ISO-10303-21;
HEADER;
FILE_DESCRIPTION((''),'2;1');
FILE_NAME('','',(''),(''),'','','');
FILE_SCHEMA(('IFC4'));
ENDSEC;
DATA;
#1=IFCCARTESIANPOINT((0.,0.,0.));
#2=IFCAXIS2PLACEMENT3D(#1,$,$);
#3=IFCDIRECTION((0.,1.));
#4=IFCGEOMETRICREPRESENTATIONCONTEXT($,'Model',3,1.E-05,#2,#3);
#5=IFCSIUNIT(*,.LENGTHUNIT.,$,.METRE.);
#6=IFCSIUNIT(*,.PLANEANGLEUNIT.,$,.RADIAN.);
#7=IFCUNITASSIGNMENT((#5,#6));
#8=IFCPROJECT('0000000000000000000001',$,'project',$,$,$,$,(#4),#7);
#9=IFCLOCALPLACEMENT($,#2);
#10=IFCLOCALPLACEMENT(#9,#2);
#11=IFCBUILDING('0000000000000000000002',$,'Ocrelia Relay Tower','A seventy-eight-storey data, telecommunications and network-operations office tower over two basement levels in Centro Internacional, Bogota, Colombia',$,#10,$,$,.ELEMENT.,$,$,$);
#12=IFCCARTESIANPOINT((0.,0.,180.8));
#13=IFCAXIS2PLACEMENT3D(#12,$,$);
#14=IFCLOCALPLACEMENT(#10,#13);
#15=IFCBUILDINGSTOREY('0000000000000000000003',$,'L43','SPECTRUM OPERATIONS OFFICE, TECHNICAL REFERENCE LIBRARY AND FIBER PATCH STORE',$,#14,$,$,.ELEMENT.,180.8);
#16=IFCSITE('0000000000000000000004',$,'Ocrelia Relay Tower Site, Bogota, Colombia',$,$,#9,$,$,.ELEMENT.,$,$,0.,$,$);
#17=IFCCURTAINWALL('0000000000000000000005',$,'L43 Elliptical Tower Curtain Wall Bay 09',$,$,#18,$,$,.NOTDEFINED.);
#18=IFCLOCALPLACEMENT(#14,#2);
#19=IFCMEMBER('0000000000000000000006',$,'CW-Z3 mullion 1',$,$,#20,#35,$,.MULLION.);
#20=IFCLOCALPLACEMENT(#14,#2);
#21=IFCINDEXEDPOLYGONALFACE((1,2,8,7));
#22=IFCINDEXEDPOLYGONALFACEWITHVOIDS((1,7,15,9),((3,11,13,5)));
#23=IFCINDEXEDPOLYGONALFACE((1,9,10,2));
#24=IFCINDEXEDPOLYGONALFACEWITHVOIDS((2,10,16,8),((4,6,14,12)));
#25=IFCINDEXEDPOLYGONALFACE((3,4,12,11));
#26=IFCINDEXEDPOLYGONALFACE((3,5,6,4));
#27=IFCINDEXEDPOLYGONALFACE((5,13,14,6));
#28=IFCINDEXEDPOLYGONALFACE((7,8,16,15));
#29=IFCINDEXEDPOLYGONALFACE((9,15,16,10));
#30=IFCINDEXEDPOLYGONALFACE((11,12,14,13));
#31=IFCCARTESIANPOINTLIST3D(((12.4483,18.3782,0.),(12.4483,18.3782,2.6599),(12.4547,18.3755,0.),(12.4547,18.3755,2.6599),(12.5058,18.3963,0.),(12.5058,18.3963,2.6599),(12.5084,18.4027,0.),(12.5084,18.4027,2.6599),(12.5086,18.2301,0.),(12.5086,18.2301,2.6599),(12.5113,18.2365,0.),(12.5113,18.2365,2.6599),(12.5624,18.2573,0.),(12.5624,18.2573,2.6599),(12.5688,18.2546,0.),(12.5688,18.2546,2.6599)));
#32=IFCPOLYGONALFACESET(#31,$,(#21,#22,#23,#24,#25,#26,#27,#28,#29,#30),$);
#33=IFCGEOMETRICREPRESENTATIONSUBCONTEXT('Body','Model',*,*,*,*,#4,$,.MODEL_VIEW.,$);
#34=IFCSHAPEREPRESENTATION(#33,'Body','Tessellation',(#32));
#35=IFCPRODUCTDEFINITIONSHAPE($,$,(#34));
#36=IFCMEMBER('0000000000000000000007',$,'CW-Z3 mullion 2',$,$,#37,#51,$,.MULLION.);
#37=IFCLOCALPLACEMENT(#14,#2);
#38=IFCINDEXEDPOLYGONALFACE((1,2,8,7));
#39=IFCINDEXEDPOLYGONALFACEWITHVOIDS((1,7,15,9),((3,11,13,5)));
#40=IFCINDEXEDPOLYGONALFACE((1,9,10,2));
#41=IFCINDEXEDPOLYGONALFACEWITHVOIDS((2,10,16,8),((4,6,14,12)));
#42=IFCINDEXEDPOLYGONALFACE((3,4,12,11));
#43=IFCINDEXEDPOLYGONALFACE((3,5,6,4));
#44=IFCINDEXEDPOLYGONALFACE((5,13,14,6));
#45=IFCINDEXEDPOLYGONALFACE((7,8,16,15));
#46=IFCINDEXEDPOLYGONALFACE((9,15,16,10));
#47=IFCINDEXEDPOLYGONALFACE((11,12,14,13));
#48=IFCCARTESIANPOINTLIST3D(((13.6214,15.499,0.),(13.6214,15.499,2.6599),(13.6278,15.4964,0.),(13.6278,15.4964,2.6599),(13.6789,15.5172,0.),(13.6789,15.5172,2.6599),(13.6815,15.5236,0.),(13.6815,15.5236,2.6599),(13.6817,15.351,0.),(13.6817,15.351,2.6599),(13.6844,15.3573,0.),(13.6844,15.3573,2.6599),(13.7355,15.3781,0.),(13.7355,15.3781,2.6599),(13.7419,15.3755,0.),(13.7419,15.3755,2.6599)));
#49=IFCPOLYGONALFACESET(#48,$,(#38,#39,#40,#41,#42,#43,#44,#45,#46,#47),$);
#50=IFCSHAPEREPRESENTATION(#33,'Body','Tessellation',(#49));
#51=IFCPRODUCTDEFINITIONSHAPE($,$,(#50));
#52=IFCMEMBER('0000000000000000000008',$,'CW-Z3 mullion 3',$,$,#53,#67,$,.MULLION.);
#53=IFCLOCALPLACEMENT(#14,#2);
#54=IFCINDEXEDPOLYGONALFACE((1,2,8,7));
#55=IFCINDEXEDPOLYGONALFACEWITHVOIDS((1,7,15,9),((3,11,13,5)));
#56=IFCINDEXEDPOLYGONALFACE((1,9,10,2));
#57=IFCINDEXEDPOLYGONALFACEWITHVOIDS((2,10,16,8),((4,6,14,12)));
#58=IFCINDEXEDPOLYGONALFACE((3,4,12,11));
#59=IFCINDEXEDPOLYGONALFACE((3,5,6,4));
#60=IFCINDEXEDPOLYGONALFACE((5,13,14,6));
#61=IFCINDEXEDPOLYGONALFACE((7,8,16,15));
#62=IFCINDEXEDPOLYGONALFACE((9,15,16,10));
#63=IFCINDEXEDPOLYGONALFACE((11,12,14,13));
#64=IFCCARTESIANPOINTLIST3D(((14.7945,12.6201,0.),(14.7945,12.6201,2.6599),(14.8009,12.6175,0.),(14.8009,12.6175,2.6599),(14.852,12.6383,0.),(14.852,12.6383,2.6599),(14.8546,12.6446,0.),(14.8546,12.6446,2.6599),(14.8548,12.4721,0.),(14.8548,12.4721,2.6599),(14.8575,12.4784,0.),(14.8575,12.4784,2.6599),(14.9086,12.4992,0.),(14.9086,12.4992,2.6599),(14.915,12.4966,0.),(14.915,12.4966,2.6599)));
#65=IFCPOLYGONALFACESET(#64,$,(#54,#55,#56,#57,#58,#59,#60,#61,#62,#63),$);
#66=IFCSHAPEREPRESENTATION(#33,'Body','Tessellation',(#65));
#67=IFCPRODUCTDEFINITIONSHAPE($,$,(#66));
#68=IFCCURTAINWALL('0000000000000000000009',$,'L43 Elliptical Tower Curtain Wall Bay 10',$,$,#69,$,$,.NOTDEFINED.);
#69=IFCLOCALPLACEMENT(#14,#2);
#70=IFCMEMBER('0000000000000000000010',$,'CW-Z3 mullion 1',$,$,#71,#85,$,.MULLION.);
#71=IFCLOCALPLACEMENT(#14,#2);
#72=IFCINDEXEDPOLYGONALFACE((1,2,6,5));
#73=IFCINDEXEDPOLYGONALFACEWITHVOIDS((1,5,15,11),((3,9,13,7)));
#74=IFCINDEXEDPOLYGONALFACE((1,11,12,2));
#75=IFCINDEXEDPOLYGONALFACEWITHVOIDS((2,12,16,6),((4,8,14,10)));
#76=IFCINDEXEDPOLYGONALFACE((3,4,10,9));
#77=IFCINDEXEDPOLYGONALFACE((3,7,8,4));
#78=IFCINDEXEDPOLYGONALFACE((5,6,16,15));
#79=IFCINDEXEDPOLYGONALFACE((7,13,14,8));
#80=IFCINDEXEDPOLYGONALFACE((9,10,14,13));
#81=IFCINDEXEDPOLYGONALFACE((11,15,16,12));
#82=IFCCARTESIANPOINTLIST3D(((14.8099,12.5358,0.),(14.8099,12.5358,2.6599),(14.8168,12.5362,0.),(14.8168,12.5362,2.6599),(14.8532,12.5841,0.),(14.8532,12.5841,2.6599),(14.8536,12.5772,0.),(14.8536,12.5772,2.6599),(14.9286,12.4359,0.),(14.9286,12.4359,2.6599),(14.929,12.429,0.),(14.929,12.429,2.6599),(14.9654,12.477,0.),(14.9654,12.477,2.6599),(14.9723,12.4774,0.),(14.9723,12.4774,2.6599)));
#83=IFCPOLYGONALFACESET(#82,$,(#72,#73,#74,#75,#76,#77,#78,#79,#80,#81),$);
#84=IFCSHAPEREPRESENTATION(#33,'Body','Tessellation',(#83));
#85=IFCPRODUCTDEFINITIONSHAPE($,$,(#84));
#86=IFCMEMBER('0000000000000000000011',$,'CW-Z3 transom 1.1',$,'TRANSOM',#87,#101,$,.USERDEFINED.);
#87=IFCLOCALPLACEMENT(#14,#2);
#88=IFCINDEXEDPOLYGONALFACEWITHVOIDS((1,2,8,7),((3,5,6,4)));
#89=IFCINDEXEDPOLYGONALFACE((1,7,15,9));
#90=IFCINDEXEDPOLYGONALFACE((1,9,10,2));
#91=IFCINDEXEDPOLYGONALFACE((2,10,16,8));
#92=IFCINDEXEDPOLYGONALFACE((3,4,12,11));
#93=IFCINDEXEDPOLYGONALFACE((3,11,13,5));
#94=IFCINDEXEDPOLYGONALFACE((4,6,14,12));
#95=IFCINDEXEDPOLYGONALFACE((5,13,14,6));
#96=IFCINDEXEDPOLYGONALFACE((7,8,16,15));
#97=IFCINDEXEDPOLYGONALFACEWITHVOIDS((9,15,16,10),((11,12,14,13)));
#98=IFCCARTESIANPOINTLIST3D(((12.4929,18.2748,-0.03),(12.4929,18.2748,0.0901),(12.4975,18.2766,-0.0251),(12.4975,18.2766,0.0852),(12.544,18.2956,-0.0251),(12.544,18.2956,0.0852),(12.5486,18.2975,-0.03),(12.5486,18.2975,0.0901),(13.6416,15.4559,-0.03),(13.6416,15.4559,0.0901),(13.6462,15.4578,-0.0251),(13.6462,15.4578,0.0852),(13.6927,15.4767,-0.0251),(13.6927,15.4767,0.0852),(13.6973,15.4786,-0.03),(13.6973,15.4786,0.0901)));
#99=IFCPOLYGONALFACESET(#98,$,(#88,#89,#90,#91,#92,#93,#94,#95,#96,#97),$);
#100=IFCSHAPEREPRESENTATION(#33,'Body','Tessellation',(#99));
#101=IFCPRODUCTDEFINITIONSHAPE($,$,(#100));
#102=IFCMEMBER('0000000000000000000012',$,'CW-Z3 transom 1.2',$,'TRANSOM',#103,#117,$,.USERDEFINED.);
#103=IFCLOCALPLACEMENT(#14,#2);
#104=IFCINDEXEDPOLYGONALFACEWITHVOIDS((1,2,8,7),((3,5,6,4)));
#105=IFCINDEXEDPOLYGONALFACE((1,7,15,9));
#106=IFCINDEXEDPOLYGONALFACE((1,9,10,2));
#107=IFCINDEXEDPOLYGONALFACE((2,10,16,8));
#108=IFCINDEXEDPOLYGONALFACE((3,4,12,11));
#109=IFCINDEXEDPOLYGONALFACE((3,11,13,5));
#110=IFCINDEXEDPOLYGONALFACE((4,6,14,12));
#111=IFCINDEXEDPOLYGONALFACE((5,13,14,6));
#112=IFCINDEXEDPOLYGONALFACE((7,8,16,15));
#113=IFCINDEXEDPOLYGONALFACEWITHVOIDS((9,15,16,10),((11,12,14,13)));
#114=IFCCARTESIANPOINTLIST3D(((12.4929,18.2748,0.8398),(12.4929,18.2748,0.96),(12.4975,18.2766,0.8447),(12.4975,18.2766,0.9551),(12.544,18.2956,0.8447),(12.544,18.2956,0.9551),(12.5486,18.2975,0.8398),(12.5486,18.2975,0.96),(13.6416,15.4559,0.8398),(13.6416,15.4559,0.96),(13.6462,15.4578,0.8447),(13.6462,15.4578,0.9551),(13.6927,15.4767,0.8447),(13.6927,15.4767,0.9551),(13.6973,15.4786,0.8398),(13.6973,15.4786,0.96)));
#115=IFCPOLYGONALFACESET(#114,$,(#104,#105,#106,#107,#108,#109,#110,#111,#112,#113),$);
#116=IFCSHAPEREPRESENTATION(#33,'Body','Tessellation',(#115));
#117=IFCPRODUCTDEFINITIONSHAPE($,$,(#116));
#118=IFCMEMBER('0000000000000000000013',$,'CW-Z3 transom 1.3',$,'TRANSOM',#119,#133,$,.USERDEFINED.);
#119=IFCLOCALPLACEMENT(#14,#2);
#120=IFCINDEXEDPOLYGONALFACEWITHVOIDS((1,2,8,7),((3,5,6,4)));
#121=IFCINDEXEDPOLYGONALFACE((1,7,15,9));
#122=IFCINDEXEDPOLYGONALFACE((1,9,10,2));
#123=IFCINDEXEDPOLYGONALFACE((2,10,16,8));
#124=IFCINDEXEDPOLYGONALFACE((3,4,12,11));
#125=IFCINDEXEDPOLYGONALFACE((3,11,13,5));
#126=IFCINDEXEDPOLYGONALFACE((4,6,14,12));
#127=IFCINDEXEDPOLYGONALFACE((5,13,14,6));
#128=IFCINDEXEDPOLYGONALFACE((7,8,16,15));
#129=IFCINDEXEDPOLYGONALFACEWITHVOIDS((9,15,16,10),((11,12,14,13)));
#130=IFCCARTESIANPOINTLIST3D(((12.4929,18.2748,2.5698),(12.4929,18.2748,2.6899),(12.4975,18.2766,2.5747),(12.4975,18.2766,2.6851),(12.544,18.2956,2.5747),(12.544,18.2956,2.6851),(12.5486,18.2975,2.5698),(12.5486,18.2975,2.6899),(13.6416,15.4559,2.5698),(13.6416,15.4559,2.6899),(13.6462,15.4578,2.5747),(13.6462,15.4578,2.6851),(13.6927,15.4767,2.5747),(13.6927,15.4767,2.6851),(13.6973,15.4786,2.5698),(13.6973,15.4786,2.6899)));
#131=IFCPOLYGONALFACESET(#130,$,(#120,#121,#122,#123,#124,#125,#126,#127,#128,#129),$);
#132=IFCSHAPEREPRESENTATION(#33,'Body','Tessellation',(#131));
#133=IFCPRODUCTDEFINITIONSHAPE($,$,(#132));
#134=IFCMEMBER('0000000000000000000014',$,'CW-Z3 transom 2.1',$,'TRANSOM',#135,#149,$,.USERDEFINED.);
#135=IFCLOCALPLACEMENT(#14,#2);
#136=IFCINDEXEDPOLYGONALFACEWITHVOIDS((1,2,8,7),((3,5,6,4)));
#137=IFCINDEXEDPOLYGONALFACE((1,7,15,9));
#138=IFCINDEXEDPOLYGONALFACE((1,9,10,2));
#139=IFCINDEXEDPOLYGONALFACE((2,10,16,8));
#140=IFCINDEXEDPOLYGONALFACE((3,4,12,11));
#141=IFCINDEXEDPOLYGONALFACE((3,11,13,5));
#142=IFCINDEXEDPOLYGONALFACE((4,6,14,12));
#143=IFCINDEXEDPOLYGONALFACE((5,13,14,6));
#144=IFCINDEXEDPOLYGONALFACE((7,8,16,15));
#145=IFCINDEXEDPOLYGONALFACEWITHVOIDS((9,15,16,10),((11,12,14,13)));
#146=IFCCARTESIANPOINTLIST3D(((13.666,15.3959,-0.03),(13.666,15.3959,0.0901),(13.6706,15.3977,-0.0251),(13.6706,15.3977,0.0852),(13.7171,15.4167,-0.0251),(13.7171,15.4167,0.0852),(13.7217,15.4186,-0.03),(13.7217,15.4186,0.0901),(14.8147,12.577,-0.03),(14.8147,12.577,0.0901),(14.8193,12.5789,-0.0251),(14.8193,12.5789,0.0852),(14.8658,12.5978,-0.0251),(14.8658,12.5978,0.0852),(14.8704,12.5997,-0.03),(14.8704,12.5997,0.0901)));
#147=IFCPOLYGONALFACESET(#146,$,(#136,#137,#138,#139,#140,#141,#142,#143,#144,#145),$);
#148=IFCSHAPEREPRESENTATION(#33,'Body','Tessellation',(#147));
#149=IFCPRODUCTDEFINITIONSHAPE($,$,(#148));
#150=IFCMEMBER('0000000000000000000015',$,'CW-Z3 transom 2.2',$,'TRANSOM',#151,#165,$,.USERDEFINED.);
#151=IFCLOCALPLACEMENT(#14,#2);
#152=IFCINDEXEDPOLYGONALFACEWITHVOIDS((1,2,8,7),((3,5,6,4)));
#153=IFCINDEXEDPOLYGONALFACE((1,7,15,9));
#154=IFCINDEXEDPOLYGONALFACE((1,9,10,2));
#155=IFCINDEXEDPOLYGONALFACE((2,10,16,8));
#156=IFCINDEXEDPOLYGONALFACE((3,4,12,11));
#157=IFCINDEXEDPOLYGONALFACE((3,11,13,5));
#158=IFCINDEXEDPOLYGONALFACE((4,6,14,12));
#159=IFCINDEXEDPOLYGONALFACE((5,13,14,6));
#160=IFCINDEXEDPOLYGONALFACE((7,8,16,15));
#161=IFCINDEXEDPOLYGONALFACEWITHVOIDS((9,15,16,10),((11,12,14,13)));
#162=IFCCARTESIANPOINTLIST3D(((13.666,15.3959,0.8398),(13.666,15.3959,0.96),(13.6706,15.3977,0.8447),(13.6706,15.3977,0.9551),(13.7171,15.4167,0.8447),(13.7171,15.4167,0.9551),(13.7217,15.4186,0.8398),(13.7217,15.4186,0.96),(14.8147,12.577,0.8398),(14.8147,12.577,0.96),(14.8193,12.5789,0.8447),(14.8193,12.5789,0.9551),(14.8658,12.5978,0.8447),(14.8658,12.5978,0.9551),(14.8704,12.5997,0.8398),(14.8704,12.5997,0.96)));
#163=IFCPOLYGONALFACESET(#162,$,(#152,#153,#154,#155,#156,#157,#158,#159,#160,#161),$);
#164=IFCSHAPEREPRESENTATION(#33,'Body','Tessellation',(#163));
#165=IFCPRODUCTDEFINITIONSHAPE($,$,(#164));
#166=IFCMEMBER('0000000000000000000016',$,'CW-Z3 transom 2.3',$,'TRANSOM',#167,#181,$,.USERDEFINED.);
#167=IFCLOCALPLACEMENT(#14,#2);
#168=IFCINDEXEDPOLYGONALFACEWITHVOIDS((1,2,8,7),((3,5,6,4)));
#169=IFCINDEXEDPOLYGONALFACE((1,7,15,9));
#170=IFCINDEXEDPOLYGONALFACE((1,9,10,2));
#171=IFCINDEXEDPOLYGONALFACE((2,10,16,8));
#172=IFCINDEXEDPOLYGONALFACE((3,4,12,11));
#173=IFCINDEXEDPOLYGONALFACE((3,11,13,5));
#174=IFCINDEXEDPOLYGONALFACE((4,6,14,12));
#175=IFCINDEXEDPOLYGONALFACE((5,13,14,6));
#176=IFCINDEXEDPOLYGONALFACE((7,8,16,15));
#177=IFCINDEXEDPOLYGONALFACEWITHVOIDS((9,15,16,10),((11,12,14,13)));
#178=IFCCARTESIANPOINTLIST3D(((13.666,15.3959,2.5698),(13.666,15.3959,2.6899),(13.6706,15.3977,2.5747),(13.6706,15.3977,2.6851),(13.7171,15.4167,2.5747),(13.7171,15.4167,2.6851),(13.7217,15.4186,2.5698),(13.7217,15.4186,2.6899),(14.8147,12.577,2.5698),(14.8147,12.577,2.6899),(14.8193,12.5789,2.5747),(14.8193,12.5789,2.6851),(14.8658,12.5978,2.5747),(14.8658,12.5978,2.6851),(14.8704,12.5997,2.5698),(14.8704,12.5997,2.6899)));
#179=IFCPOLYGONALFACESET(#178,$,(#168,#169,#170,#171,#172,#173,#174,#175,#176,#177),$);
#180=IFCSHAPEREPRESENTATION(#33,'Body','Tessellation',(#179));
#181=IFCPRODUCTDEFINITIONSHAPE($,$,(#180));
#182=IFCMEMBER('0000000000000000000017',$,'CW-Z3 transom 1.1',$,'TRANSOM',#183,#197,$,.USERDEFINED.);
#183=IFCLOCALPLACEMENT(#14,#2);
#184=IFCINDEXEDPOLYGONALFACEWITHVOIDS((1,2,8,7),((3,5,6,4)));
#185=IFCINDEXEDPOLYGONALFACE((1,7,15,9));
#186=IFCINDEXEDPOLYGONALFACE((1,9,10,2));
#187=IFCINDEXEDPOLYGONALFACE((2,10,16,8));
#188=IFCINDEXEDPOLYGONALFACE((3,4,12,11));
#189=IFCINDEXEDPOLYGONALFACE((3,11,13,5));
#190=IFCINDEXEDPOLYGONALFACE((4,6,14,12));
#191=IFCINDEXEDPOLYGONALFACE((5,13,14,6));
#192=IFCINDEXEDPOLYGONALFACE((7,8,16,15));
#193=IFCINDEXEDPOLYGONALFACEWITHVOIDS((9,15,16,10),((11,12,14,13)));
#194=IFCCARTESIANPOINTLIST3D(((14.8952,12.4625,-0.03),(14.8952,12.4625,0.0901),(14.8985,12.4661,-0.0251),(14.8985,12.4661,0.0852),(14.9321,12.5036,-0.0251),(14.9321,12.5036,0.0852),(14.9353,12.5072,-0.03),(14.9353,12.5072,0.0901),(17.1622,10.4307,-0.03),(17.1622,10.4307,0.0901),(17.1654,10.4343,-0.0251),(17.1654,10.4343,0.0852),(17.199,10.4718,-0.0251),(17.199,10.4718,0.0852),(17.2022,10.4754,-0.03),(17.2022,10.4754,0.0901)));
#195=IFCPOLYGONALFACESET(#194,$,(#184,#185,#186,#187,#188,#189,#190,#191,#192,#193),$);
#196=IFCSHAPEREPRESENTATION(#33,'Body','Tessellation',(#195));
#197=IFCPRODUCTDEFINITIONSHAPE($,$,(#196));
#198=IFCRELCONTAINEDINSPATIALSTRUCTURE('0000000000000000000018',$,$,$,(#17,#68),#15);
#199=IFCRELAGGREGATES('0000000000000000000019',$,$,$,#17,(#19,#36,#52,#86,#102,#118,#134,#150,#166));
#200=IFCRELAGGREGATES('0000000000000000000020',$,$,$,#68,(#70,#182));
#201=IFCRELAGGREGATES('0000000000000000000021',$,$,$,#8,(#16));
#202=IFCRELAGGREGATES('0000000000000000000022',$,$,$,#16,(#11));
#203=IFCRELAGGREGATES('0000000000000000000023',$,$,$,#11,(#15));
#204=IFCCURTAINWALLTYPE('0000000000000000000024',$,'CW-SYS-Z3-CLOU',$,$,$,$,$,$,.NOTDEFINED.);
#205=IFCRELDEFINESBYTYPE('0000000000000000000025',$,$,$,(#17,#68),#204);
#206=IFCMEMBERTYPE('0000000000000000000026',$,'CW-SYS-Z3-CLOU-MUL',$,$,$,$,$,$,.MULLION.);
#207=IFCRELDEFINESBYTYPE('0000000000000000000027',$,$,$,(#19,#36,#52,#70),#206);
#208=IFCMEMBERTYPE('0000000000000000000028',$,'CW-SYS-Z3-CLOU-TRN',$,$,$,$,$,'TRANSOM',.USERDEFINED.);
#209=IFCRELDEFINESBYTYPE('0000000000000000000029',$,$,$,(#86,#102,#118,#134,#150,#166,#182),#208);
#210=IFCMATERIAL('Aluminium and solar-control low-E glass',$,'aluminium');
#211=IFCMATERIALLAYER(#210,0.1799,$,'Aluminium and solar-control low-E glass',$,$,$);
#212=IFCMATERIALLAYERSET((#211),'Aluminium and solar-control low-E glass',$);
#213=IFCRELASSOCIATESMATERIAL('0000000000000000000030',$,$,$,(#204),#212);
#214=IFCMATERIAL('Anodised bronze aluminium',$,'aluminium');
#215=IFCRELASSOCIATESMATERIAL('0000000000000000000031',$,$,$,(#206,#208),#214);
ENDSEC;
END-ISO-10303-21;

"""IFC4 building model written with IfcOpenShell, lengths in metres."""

from ifc_helpers import new_model, si_unit, direction, frame, origin, origin_2d, place, context, subcontext, project, spatial, hollow_rectangle, extrude, material, layer, layer_set, material_profile, profile_set, type_object, element, aggregate, save


model = new_model("IFC4")

# Units and contexts
model_context = context("Model", 3, precision=1e-05, world=origin(), true_north=direction((0.0, 1.0)))
body_context = subcontext(model_context, "Body", "Model", "MODEL_VIEW")
ifc_project = project(units=[si_unit("LENGTHUNIT", "METRE"), si_unit("PLANEANGLEUNIT", "RADIAN")], contexts=[model_context])

# Site, building, storey
site_placement = place(None, origin())
site = spatial("IfcSite", under=ifc_project, at=site_placement, Name="Ocrelia Relay Tower Site, Bogota, Colombia", CompositionType="ELEMENT", RefElevation=0.0)
building_placement = place(site_placement, origin())
building = spatial("IfcBuilding", under=site, at=building_placement, Name="Ocrelia Relay Tower", Description="A seventy-eight-storey data, telecommunications and network-operations office tower over two basement levels in Centro Internacional, Bogota, Colombia", CompositionType="ELEMENT")
storey_placement = place(building_placement, frame((0.0, 0.0, 180.8)))
storey = spatial("IfcBuildingStorey", under=building, at=storey_placement, Name="L43", Description="SPECTRUM OPERATIONS OFFICE, TECHNICAL REFERENCE LIBRARY AND FIBER PATCH STORE", CompositionType="ELEMENT", Elevation=180.8)

# Curtain wall, members
ifc_material_1 = material(Name="Aluminium and solar-control low-E glass", Category="aluminium")
ifc_layer_1 = layer(ifc_material_1, 0.1799, Name="Aluminium and solar-control low-E glass")
ifc_layer_set_1 = layer_set([ifc_layer_1], Name="Aluminium and solar-control low-E glass")
curtain_wall_type = type_object("IfcCurtainWallType", Name="CW-SYS-Z3-CLOU", PredefinedType="NOTDEFINED", material=ifc_layer_set_1)
curtain_wall_1_placement = place(storey_placement, origin())
curtain_wall_1 = element("IfcCurtainWall", 1, at=curtain_wall_1_placement, inside=storey, type_object=curtain_wall_type, Name="L43 Elliptical Tower Curtain Wall Bay 09", PredefinedType="NOTDEFINED")
ifc_material_2 = material(Name="Anodised bronze aluminium", Category="aluminium")
ifc_material_profile_1 = material_profile(ifc_material_2, hollow_rectangle(XDim=0.0649, YDim=0.1599, WallThickness=0.0049, at=origin_2d()), Name="CW-MUL-160x65")
ifc_profile_set_1 = profile_set([ifc_material_profile_1], Name="Anodised bronze aluminium")
member_type_1 = type_object("IfcMemberType", Name="CW-SYS-Z3-CLOU-MUL", PredefinedType="MULLION", material=ifc_profile_set_1)
member_1_placement = place(storey_placement, frame((12.5085, 18.3164, 0.0), z_axis=(0.0, 0.0, 1.0), x_axis=(0.926074, 0.377341, 0.0)))
member_1 = element("IfcMember", 2, at=member_1_placement, type_object=member_type_1, Name="CW-Z3 mullion 1", PredefinedType="MULLION", context=body_context, shape_type="SweptSolid", body=[
    extrude(hollow_rectangle(XDim=0.0649, YDim=0.1599, WallThickness=0.0049, at=origin_2d()), origin(), (0.0, 0.0, 1.0), 2.6599),
])
member_2_placement = place(storey_placement, frame((13.6816, 15.4373, 0.0), z_axis=(0.0, 0.0, 1.0), x_axis=(0.926074, 0.377341, 0.0)))
member_2 = element("IfcMember", 3, at=member_2_placement, type_object=member_type_1, Name="CW-Z3 mullion 2", PredefinedType="MULLION", context=body_context, shape_type="SweptSolid", body=[
    extrude(hollow_rectangle(XDim=0.0649, YDim=0.1599, WallThickness=0.0049, at=origin_2d()), origin(), (0.0, 0.0, 1.0), 2.6599),
])
member_3_placement = place(storey_placement, frame((14.8547, 12.5583, 0.0), z_axis=(0.0, 0.0, 1.0), x_axis=(0.926074, 0.377341, 0.0)))
member_3 = element("IfcMember", 4, at=member_3_placement, type_object=member_type_1, Name="CW-Z3 mullion 3", PredefinedType="MULLION", context=body_context, shape_type="SweptSolid", body=[
    extrude(hollow_rectangle(XDim=0.0649, YDim=0.1599, WallThickness=0.0049, at=origin_2d()), origin(), (0.0, 0.0, 1.0), 2.6599),
])

# Curtain wall, member
curtain_wall_2_placement = place(storey_placement, origin())
curtain_wall_2 = element("IfcCurtainWall", 5, at=curtain_wall_2_placement, inside=storey, type_object=curtain_wall_type, Name="L43 Elliptical Tower Curtain Wall Bay 10", PredefinedType="NOTDEFINED")
member_4_placement = place(storey_placement, frame((14.8911, 12.5066, 0.0), z_axis=(0.0, 0.0, 1.0), x_axis=(0.667438, 0.744666, 0.0)))
member_4 = element("IfcMember", 6, at=member_4_placement, type_object=member_type_1, Name="CW-Z3 mullion 1", PredefinedType="MULLION", context=body_context, shape_type="SweptSolid", body=[
    extrude(hollow_rectangle(XDim=0.0649, YDim=0.1599, WallThickness=0.0049, at=origin_2d()), origin(), (0.0, 0.0, 1.0), 2.6599),
])

# Members
ifc_material_profile_2 = material_profile(ifc_material_2, hollow_rectangle(XDim=0.0601, YDim=0.1201, WallThickness=0.0049, at=origin_2d()), Name="CW-TRN-120x60")
ifc_profile_set_2 = profile_set([ifc_material_profile_2], Name="Anodised bronze aluminium")
member_type_2 = type_object("IfcMemberType", Name="CW-SYS-Z3-CLOU-TRN", ElementType="TRANSOM", PredefinedType="USERDEFINED", material=ifc_profile_set_2)
member_5_placement = place(storey_placement, frame((12.5208, 18.2861, 0.03), z_axis=(0.377371, -0.926062, 0.0), x_axis=(0.926062, 0.377371, 0.0)))
member_5 = element("IfcMember", 7, at=member_5_placement, type_object=member_type_2, Name="CW-Z3 transom 1.1", ObjectType="TRANSOM", PredefinedType="USERDEFINED", context=body_context, shape_type="SweptSolid", body=[
    extrude(hollow_rectangle(XDim=0.0601, YDim=0.1201, WallThickness=0.0049, at=origin_2d()), origin(), (0.0, 0.0, 1.0), 3.0439),
])
member_6_placement = place(storey_placement, frame((12.5208, 18.2861, 0.8999), z_axis=(0.377371, -0.926062, 0.0), x_axis=(0.926062, 0.377371, 0.0)))
member_6 = element("IfcMember", 8, at=member_6_placement, type_object=member_type_2, Name="CW-Z3 transom 1.2", ObjectType="TRANSOM", PredefinedType="USERDEFINED", context=body_context, shape_type="SweptSolid", body=[
    extrude(hollow_rectangle(XDim=0.0601, YDim=0.1201, WallThickness=0.0049, at=origin_2d()), origin(), (0.0, 0.0, 1.0), 3.0439),
])
member_7_placement = place(storey_placement, frame((12.5208, 18.2861, 2.6299), z_axis=(0.377371, -0.926062, 0.0), x_axis=(0.926062, 0.377371, 0.0)))
member_7 = element("IfcMember", 9, at=member_7_placement, type_object=member_type_2, Name="CW-Z3 transom 1.3", ObjectType="TRANSOM", PredefinedType="USERDEFINED", context=body_context, shape_type="SweptSolid", body=[
    extrude(hollow_rectangle(XDim=0.0601, YDim=0.1201, WallThickness=0.0049, at=origin_2d()), origin(), (0.0, 0.0, 1.0), 3.0439),
])
member_8_placement = place(storey_placement, frame((13.6938, 15.4072, 0.03), z_axis=(0.377371, -0.926062, 0.0), x_axis=(0.926062, 0.377371, 0.0)))
member_8 = element("IfcMember", 10, at=member_8_placement, type_object=member_type_2, Name="CW-Z3 transom 2.1", ObjectType="TRANSOM", PredefinedType="USERDEFINED", context=body_context, shape_type="SweptSolid", body=[
    extrude(hollow_rectangle(XDim=0.0601, YDim=0.1201, WallThickness=0.0049, at=origin_2d()), origin(), (0.0, 0.0, 1.0), 3.0439),
])
member_9_placement = place(storey_placement, frame((13.6938, 15.4072, 0.8999), z_axis=(0.377371, -0.926062, 0.0), x_axis=(0.926062, 0.377371, 0.0)))
member_9 = element("IfcMember", 11, at=member_9_placement, type_object=member_type_2, Name="CW-Z3 transom 2.2", ObjectType="TRANSOM", PredefinedType="USERDEFINED", context=body_context, shape_type="SweptSolid", body=[
    extrude(hollow_rectangle(XDim=0.0601, YDim=0.1201, WallThickness=0.0049, at=origin_2d()), origin(), (0.0, 0.0, 1.0), 3.0439),
])
member_10_placement = place(storey_placement, frame((13.6938, 15.4072, 2.6299), z_axis=(0.377371, -0.926062, 0.0), x_axis=(0.926062, 0.377371, 0.0)))
member_10 = element("IfcMember", 12, at=member_10_placement, type_object=member_type_2, Name="CW-Z3 transom 2.3", ObjectType="TRANSOM", PredefinedType="USERDEFINED", context=body_context, shape_type="SweptSolid", body=[
    extrude(hollow_rectangle(XDim=0.0601, YDim=0.1201, WallThickness=0.0049, at=origin_2d()), origin(), (0.0, 0.0, 1.0), 3.0439),
])
member_11_placement = place(storey_placement, frame((14.9153, 12.4849, 0.03), z_axis=(0.744668, -0.667435, 0.0), x_axis=(0.667435, 0.744668, 0.0)))
member_11 = element("IfcMember", 13, at=member_11_placement, type_object=member_type_2, Name="CW-Z3 transom 1.1", ObjectType="TRANSOM", PredefinedType="USERDEFINED", context=body_context, shape_type="SweptSolid", body=[
    extrude(hollow_rectangle(XDim=0.0601, YDim=0.1201, WallThickness=0.0049, at=origin_2d()), origin(), (0.0, 0.0, 1.0), 3.0442),
])

aggregate(curtain_wall_1, [member_1, member_2, member_3, member_5, member_6, member_7, member_8, member_9, member_10])
aggregate(curtain_wall_2, [member_4, member_11])

save(model, "model.ifc")
